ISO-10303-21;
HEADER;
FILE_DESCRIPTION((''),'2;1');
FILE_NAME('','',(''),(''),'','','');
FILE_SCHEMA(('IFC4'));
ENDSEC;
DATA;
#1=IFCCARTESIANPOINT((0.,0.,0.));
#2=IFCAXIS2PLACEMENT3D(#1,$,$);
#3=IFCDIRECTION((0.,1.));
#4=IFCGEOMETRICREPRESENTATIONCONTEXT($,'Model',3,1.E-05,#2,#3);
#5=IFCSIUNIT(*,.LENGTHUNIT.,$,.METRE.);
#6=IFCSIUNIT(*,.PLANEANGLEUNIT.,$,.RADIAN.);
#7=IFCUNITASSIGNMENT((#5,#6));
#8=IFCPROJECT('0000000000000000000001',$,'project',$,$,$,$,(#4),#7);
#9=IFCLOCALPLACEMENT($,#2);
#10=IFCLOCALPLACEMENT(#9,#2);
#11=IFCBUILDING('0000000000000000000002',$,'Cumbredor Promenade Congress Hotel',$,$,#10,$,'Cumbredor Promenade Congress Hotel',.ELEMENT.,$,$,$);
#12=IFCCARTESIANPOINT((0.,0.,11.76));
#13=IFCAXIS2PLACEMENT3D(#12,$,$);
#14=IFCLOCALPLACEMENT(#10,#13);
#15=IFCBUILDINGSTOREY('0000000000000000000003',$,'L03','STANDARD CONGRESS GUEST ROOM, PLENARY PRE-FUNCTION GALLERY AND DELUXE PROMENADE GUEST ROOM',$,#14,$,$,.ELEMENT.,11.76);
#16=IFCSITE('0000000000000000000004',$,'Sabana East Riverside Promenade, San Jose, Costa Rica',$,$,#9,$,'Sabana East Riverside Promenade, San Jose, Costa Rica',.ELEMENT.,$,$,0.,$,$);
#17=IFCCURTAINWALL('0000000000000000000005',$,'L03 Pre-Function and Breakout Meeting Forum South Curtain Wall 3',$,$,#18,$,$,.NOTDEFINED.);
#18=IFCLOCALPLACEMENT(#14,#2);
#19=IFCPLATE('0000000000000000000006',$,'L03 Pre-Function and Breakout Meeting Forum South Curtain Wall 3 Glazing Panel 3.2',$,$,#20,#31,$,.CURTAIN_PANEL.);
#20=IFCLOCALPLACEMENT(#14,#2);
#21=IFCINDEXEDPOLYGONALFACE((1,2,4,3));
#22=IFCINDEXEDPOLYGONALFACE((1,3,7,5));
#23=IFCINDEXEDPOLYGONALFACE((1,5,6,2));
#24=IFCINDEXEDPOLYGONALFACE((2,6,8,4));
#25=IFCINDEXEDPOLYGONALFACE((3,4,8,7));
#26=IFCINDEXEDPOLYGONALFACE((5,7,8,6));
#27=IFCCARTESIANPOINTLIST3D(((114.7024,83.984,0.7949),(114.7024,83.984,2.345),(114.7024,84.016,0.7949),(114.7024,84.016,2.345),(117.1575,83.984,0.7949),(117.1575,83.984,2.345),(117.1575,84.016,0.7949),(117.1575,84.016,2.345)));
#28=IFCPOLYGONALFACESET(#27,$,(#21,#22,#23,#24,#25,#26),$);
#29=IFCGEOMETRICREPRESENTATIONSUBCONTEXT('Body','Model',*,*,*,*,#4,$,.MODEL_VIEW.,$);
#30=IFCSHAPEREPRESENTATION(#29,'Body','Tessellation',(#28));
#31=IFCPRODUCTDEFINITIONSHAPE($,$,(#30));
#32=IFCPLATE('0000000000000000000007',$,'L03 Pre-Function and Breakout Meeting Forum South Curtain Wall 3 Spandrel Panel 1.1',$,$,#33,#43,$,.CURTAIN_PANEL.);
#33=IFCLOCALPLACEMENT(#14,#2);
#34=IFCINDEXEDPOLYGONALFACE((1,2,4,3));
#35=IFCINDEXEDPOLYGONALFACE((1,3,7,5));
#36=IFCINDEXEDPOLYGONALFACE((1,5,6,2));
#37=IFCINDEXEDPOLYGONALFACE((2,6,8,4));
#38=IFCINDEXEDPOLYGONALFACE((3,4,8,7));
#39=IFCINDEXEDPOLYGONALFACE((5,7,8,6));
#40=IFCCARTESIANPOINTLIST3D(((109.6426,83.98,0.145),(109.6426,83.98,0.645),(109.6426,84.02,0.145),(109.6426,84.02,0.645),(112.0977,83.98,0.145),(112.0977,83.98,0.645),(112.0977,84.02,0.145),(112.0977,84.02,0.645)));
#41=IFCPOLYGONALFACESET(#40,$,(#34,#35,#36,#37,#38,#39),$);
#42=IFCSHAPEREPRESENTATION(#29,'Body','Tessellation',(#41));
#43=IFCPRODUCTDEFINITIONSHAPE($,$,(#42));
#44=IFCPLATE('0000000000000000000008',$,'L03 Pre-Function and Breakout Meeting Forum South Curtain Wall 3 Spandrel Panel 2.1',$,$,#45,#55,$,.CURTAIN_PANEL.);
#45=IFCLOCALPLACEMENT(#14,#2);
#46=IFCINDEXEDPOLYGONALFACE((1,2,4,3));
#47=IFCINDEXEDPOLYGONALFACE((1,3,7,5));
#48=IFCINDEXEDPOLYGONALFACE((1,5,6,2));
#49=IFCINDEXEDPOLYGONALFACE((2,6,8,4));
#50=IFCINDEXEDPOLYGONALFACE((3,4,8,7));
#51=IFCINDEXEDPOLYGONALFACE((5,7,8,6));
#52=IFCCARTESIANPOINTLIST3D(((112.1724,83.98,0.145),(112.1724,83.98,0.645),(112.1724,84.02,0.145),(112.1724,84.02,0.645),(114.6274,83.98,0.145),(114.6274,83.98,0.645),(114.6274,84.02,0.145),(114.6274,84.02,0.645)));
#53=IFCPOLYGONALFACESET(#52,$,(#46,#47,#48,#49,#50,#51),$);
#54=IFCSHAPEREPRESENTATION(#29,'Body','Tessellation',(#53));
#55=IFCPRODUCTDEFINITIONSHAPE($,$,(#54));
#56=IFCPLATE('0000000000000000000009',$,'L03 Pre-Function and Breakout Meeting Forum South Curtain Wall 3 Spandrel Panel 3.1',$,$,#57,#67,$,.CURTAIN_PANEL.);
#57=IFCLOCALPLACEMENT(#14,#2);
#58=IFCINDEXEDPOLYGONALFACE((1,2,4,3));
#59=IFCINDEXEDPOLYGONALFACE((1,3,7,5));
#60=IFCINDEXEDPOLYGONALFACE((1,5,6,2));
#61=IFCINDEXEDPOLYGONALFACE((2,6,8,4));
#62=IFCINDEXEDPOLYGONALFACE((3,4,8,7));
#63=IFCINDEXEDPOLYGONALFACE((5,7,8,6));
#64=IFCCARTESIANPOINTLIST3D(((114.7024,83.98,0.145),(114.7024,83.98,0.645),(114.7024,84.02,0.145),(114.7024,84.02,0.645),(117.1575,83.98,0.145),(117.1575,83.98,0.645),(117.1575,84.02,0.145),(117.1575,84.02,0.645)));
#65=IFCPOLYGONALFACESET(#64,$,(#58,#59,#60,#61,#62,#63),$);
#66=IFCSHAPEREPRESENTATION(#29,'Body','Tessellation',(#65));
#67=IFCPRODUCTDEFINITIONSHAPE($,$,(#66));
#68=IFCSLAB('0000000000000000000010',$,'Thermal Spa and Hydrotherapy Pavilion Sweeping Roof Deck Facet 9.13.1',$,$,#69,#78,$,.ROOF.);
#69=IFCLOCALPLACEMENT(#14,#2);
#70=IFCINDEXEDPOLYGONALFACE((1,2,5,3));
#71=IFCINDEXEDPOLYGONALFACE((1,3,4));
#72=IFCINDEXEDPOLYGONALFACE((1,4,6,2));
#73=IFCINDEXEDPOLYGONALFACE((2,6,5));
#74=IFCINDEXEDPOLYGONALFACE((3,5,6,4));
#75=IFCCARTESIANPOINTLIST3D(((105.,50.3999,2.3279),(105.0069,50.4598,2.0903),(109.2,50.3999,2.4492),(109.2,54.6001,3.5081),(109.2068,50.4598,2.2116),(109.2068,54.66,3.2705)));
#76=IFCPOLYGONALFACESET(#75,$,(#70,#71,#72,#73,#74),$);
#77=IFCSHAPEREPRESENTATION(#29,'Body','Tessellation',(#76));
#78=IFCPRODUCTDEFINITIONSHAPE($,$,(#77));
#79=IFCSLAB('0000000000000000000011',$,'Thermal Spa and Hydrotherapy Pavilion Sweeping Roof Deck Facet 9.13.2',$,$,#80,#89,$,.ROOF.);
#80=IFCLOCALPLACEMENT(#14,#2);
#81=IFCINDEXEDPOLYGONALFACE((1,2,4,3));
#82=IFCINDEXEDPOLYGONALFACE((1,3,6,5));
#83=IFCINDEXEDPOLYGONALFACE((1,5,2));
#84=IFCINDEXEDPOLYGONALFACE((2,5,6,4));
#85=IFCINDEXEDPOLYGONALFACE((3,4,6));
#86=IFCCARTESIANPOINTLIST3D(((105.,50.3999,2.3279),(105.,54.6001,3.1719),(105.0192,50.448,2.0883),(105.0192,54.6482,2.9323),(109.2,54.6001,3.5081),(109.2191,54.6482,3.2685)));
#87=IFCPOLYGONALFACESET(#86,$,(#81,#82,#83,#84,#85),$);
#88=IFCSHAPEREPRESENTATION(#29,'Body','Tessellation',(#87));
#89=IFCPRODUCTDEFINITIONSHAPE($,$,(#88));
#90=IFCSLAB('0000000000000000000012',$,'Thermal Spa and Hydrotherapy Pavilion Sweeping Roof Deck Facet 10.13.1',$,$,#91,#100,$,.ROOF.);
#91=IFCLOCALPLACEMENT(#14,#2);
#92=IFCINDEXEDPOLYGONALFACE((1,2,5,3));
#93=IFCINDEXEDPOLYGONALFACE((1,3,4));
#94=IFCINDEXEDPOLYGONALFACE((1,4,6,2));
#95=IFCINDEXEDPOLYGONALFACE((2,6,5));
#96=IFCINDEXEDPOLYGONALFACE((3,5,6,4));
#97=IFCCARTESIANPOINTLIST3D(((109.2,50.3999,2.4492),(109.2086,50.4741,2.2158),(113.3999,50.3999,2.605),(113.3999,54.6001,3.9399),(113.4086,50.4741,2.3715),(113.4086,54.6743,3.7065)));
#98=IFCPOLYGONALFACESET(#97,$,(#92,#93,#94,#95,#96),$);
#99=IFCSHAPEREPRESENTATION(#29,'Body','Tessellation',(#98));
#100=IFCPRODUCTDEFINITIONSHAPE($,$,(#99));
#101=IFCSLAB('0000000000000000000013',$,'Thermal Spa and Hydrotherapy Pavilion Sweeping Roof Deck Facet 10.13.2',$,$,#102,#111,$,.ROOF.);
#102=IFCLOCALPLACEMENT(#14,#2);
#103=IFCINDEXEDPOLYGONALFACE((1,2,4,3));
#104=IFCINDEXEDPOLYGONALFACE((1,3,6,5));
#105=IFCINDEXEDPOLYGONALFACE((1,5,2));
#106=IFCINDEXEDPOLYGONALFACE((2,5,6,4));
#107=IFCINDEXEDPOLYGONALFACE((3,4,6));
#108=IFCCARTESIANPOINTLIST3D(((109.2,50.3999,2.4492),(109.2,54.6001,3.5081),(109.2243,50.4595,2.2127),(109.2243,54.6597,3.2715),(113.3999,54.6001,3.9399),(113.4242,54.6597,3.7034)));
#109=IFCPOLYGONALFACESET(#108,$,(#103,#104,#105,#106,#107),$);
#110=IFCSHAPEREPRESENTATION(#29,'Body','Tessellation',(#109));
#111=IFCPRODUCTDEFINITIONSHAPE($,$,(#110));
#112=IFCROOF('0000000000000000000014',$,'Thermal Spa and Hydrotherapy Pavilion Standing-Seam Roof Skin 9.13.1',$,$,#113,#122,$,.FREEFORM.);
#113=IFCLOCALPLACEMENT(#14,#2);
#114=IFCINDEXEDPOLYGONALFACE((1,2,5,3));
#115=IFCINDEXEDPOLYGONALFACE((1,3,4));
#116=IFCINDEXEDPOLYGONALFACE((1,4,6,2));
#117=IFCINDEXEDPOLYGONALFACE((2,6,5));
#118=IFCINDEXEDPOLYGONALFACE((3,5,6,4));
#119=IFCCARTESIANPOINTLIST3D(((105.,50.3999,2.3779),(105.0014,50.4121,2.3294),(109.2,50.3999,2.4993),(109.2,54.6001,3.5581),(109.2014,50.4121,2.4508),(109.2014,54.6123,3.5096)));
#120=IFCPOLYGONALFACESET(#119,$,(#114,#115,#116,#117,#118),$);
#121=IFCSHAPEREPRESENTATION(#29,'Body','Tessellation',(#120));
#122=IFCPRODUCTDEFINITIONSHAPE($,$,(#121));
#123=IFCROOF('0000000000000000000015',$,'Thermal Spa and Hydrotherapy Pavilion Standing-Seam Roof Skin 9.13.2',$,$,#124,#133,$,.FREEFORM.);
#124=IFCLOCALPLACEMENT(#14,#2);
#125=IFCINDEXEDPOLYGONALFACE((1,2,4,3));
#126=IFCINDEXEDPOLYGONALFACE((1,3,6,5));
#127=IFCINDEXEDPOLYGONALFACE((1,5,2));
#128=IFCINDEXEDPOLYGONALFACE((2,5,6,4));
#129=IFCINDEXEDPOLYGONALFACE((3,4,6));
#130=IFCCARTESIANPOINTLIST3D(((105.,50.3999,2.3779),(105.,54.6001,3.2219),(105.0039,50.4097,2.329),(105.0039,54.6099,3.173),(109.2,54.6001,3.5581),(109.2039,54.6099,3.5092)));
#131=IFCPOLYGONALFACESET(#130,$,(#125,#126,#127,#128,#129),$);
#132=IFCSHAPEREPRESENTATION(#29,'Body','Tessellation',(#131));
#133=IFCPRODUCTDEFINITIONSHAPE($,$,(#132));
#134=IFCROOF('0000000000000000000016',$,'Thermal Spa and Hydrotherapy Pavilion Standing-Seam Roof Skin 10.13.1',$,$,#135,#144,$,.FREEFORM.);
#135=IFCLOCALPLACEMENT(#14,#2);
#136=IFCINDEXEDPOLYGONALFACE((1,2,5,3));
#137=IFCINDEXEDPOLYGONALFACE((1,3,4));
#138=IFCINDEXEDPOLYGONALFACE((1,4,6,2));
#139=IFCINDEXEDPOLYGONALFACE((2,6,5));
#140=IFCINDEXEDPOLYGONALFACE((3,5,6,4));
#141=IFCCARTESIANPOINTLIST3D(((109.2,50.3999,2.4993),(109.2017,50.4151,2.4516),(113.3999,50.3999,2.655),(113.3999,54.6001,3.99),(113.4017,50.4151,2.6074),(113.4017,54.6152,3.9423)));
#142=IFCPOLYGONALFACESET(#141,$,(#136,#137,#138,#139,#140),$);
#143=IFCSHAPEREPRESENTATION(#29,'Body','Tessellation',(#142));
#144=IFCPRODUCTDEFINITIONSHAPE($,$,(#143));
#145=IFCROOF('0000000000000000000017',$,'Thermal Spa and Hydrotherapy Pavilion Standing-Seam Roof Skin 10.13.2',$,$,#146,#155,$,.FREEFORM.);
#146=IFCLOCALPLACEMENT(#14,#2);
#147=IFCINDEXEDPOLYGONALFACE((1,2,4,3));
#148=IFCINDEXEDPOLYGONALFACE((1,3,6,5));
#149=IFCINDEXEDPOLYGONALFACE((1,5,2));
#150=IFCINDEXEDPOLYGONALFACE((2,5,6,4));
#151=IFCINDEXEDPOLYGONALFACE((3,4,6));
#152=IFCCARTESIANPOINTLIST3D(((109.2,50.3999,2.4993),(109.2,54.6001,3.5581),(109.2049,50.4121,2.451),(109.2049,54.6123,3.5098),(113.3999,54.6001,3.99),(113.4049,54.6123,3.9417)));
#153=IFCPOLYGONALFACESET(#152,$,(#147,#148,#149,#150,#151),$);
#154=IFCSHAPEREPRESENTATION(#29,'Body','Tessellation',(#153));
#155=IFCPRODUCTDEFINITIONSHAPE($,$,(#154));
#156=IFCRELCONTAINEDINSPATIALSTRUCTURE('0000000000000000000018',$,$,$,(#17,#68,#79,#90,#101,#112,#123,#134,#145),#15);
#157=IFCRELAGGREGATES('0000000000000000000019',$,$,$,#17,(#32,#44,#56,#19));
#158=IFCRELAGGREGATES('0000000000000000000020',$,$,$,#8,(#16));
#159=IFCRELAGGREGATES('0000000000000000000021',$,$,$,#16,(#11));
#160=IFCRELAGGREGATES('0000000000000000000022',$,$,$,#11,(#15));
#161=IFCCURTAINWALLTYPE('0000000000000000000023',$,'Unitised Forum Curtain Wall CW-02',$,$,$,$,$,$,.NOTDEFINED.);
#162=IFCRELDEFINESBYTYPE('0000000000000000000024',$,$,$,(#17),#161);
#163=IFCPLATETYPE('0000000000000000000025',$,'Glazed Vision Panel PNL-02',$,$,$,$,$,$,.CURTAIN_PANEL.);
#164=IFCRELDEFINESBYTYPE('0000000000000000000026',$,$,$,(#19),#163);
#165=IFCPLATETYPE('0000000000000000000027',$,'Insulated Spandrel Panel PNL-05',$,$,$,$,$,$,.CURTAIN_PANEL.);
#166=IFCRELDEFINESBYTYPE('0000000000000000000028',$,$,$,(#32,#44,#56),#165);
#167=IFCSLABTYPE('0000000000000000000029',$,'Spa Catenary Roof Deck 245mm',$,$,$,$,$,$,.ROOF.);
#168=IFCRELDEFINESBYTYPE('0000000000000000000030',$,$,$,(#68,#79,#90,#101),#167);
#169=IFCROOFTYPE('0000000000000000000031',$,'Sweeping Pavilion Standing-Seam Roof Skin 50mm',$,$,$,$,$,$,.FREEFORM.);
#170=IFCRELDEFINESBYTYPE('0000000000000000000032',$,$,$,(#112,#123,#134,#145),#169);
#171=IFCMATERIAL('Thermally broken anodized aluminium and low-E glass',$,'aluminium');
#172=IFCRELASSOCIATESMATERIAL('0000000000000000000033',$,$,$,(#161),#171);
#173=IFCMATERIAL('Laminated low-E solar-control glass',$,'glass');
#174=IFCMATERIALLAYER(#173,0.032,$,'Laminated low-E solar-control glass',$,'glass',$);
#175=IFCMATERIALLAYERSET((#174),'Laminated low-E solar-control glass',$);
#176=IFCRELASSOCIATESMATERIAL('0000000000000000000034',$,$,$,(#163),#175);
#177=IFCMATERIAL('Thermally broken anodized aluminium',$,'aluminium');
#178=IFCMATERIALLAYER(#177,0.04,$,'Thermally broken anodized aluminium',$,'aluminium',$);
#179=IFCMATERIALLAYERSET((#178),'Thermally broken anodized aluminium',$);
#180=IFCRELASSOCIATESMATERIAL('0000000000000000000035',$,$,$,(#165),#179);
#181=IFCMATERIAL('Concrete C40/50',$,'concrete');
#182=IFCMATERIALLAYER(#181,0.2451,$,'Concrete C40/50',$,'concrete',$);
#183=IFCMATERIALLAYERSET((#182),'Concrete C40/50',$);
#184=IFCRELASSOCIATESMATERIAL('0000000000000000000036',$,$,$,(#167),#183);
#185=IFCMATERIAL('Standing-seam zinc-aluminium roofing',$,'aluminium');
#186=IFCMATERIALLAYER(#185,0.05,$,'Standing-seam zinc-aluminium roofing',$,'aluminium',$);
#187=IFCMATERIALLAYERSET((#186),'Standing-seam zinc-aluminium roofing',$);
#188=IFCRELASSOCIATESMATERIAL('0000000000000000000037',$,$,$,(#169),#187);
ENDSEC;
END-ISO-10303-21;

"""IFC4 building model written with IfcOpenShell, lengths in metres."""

from ifc_helpers import new_model, si_unit, direction, frame, origin, origin_2d, place, context, subcontext, project, spatial, polyline, rectangle, outline, extrude, material, layer, layer_set, type_object, element, aggregate, save


model = new_model("IFC4")

# Units and contexts
model_context = context("Model", 3, precision=1e-05, world=origin(), true_north=direction((0.0, 1.0)))
body_context = subcontext(model_context, "Body", "Model", "MODEL_VIEW")
ifc_project = project(units=[si_unit("LENGTHUNIT", "METRE"), si_unit("PLANEANGLEUNIT", "RADIAN")], contexts=[model_context])

# Site, building, storey
site_placement = place(None, origin())
site = spatial("IfcSite", under=ifc_project, at=site_placement, Name="Sabana East Riverside Promenade, San Jose, Costa Rica", LongName="Sabana East Riverside Promenade, San Jose, Costa Rica", CompositionType="ELEMENT", RefElevation=0.0)
building_placement = place(site_placement, origin())
building = spatial("IfcBuilding", under=site, at=building_placement, Name="Cumbredor Promenade Congress Hotel", LongName="Cumbredor Promenade Congress Hotel", CompositionType="ELEMENT")
storey_placement = place(building_placement, frame((0.0, 0.0, 11.76)))
storey = spatial("IfcBuildingStorey", under=building, at=storey_placement, Name="L03", Description="STANDARD CONGRESS GUEST ROOM, PLENARY PRE-FUNCTION GALLERY AND DELUXE PROMENADE GUEST ROOM", CompositionType="ELEMENT", Elevation=11.76)

# Shared definitions
ifc_material_1 = material(Name="Concrete C40/50", Category="concrete")

# Curtain wall
ifc_material_2 = material(Name="Thermally broken anodized aluminium and low-E glass", Category="aluminium")
curtain_wall_type_1 = type_object("IfcCurtainWallType", Name="Unitised Forum Curtain Wall CW-02", PredefinedType="NOTDEFINED", material=ifc_material_2)
curtain_wall_1_placement = place(storey_placement, origin())
curtain_wall_1 = element("IfcCurtainWall", 1, at=curtain_wall_1_placement, inside=storey, type_object=curtain_wall_type_1, Name="L03 Pre-Function and Breakout Meeting Forum South Curtain Wall 3", PredefinedType="NOTDEFINED")
ifc_material_3 = material(Name="Thermally broken anodized aluminium", Category="aluminium")

# Plates
ifc_material_4 = material(Name="Laminated low-E solar-control glass", Category="glass")
ifc_layer_1 = layer(ifc_material_4, 0.032, Name="Laminated low-E solar-control glass", Category="glass")
ifc_layer_set_1 = layer_set([ifc_layer_1], Name="Laminated low-E solar-control glass")
plate_type_1 = type_object("IfcPlateType", Name="Glazed Vision Panel PNL-02", PredefinedType="CURTAIN_PANEL", material=ifc_layer_set_1)
plate_1_placement = place(storey_placement, frame((115.9299, 84.0, 0.7949), z_axis=(0.0, 0.0, 1.0), x_axis=(1.0, 0.0, 0.0)))
plate_1 = element("IfcPlate", 2, at=plate_1_placement, type_object=plate_type_1, Name="L03 Pre-Function and Breakout Meeting Forum South Curtain Wall 3 Glazing Panel 3.2", PredefinedType="CURTAIN_PANEL", context=body_context, shape_type="SweptSolid", body=[
    extrude(rectangle(XDim=2.4551, YDim=0.032, at=origin_2d()), origin(), (0.0, 0.0, 1.0), 1.55),
])
ifc_layer_2 = layer(ifc_material_3, 0.04, Name="Thermally broken anodized aluminium", Category="aluminium")
ifc_layer_set_2 = layer_set([ifc_layer_2], Name="Thermally broken anodized aluminium")
plate_type_2 = type_object("IfcPlateType", Name="Insulated Spandrel Panel PNL-05", PredefinedType="CURTAIN_PANEL", material=ifc_layer_set_2)
plate_2_placement = place(storey_placement, frame((110.8701, 84.0, 0.145), z_axis=(0.0, 0.0, 1.0), x_axis=(1.0, 0.0, 0.0)))
plate_2 = element("IfcPlate", 3, at=plate_2_placement, type_object=plate_type_2, Name="L03 Pre-Function and Breakout Meeting Forum South Curtain Wall 3 Spandrel Panel 1.1", PredefinedType="CURTAIN_PANEL", context=body_context, shape_type="SweptSolid", body=[
    extrude(rectangle(XDim=2.4551, YDim=0.04, at=origin_2d()), origin(), (0.0, 0.0, 1.0), 0.5),
])
plate_3_placement = place(storey_placement, frame((113.3999, 84.0, 0.145), z_axis=(0.0, 0.0, 1.0), x_axis=(1.0, 0.0, 0.0)))
plate_3 = element("IfcPlate", 4, at=plate_3_placement, type_object=plate_type_2, Name="L03 Pre-Function and Breakout Meeting Forum South Curtain Wall 3 Spandrel Panel 2.1", PredefinedType="CURTAIN_PANEL", context=body_context, shape_type="SweptSolid", body=[
    extrude(rectangle(XDim=2.4551, YDim=0.04, at=origin_2d()), origin(), (0.0, 0.0, 1.0), 0.5),
])
plate_4_placement = place(storey_placement, frame((115.9299, 84.0, 0.145), z_axis=(0.0, 0.0, 1.0), x_axis=(1.0, 0.0, 0.0)))
plate_4 = element("IfcPlate", 5, at=plate_4_placement, type_object=plate_type_2, Name="L03 Pre-Function and Breakout Meeting Forum South Curtain Wall 3 Spandrel Panel 3.1", PredefinedType="CURTAIN_PANEL", context=body_context, shape_type="SweptSolid", body=[
    extrude(rectangle(XDim=2.4551, YDim=0.04, at=origin_2d()), origin(), (0.0, 0.0, 1.0), 0.5),
])
aggregate(curtain_wall_1, [plate_2, plate_3, plate_4, plate_1])

# Slabs
ifc_layer_3 = layer(ifc_material_1, 0.2451, Name="Concrete C40/50", Category="concrete")
ifc_layer_set_3 = layer_set([ifc_layer_3], Name="Concrete C40/50")
slab_type = type_object("IfcSlabType", Name="Spa Catenary Roof Deck 245mm", PredefinedType="ROOF", material=ifc_layer_set_3)
slab_1_placement = place(storey_placement, frame((105.0, 50.3999, 2.3279), z_axis=(-0.028003, -0.244349, 0.969283), x_axis=(0.999583, 0.0, 0.028878)))
element("IfcSlab", 6, at=slab_1_placement, inside=storey, type_object=slab_type, Name="Thermal Spa and Hydrotherapy Pavilion Sweeping Roof Deck Facet 9.13.1", PredefinedType="ROOF", context=body_context, shape_type="SweptSolid", body=[
    extrude(outline(polyline([(0.0, 0.0), (4.2017, 0.0), (4.2323, 4.3315), (0.0, 0.0)])), origin(), (0.0, 0.0, -1.0), 0.2451),
])
slab_2_placement = place(storey_placement, frame((105.0, 50.3999, 2.3279), z_axis=(-0.078235, -0.1964, 0.977398), x_axis=(0.693529, 0.69357, 0.19488)))
element("IfcSlab", 7, at=slab_2_placement, inside=storey, type_object=slab_type, Name="Thermal Spa and Hydrotherapy Pavilion Sweeping Roof Deck Facet 9.13.2", PredefinedType="ROOF", context=body_context, shape_type="SweptSolid", body=[
    extrude(outline(polyline([(0.0, 0.0), (6.0559, 0.0), (3.0776, 2.9803), (0.0, 0.0)])), origin(), (0.0, 0.0, -1.0), 0.2451),
])
slab_3_placement = place(storey_placement, frame((109.2, 50.3999, 2.4492), z_axis=(-0.035322, -0.302713, 0.952427), x_axis=(0.999313, 0.0, 0.037061)))
element("IfcSlab", 8, at=slab_3_placement, inside=storey, type_object=slab_type, Name="Thermal Spa and Hydrotherapy Pavilion Sweeping Roof Deck Facet 10.13.1", PredefinedType="ROOF", context=body_context, shape_type="SweptSolid", body=[
    extrude(outline(polyline([(0.0, 0.0), (4.2028, 0.0), (4.2523, 4.407), (0.0, 0.0)])), origin(), (0.0, 0.0, -1.0), 0.2451),
])
slab_4_placement = place(storey_placement, frame((109.2, 50.3999, 2.4492), z_axis=(-0.099219, -0.243239, 0.964878), x_axis=(0.685817, 0.685857, 0.243423)))
element("IfcSlab", 9, at=slab_4_placement, inside=storey, type_object=slab_type, Name="Thermal Spa and Hydrotherapy Pavilion Sweeping Roof Deck Facet 10.13.2", PredefinedType="ROOF", context=body_context, shape_type="SweptSolid", body=[
    extrude(outline(polyline([(0.0, 0.0), (6.124, 0.0), (3.1385, 2.9854), (0.0, 0.0)])), origin(), (0.0, 0.0, -1.0), 0.2451),
])

# Roofs
ifc_material_5 = material(Name="Standing-seam zinc-aluminium roofing", Category="aluminium")
ifc_layer_4 = layer(ifc_material_5, 0.05, Name="Standing-seam zinc-aluminium roofing", Category="aluminium")
ifc_layer_set_4 = layer_set([ifc_layer_4], Name="Standing-seam zinc-aluminium roofing")
roof_type = type_object("IfcRoofType", Name="Sweeping Pavilion Standing-Seam Roof Skin 50mm", PredefinedType="FREEFORM", material=ifc_layer_set_4)
roof_1_placement = place(storey_placement, frame((105.0, 50.3999, 2.3779), z_axis=(-0.028003, -0.244349, 0.969283), x_axis=(0.999583, 0.0, 0.028878)))
element("IfcRoof", 10, at=roof_1_placement, inside=storey, type_object=roof_type, Name="Thermal Spa and Hydrotherapy Pavilion Standing-Seam Roof Skin 9.13.1", PredefinedType="FREEFORM", context=body_context, shape_type="SweptSolid", body=[
    extrude(outline(polyline([(0.0, 0.0), (4.2017, 0.0), (4.2323, 4.3315), (0.0, 0.0)])), origin(), (0.0, 0.0, -1.0), 0.05),
])
roof_2_placement = place(storey_placement, frame((105.0, 50.3999, 2.3779), z_axis=(-0.078235, -0.1964, 0.977398), x_axis=(0.693529, 0.69357, 0.19488)))
element("IfcRoof", 11, at=roof_2_placement, inside=storey, type_object=roof_type, Name="Thermal Spa and Hydrotherapy Pavilion Standing-Seam Roof Skin 9.13.2", PredefinedType="FREEFORM", context=body_context, shape_type="SweptSolid", body=[
    extrude(outline(polyline([(0.0, 0.0), (6.0559, 0.0), (3.0776, 2.9803), (0.0, 0.0)])), origin(), (0.0, 0.0, -1.0), 0.05),
])
roof_3_placement = place(storey_placement, frame((109.2, 50.3999, 2.4993), z_axis=(-0.035322, -0.302713, 0.952427), x_axis=(0.999313, 0.0, 0.037061)))
element("IfcRoof", 12, at=roof_3_placement, inside=storey, type_object=roof_type, Name="Thermal Spa and Hydrotherapy Pavilion Standing-Seam Roof Skin 10.13.1", PredefinedType="FREEFORM", context=body_context, shape_type="SweptSolid", body=[
    extrude(outline(polyline([(0.0, 0.0), (4.2028, 0.0), (4.2523, 4.407), (0.0, 0.0)])), origin(), (0.0, 0.0, -1.0), 0.05),
])
roof_4_placement = place(storey_placement, frame((109.2, 50.3999, 2.4993), z_axis=(-0.099219, -0.243239, 0.964878), x_axis=(0.685817, 0.685857, 0.243423)))
element("IfcRoof", 13, at=roof_4_placement, inside=storey, type_object=roof_type, Name="Thermal Spa and Hydrotherapy Pavilion Standing-Seam Roof Skin 10.13.2", PredefinedType="FREEFORM", context=body_context, shape_type="SweptSolid", body=[
    extrude(outline(polyline([(0.0, 0.0), (6.124, 0.0), (3.1385, 2.9854), (0.0, 0.0)])), origin(), (0.0, 0.0, -1.0), 0.05),
])

save(model, "model.ifc")
